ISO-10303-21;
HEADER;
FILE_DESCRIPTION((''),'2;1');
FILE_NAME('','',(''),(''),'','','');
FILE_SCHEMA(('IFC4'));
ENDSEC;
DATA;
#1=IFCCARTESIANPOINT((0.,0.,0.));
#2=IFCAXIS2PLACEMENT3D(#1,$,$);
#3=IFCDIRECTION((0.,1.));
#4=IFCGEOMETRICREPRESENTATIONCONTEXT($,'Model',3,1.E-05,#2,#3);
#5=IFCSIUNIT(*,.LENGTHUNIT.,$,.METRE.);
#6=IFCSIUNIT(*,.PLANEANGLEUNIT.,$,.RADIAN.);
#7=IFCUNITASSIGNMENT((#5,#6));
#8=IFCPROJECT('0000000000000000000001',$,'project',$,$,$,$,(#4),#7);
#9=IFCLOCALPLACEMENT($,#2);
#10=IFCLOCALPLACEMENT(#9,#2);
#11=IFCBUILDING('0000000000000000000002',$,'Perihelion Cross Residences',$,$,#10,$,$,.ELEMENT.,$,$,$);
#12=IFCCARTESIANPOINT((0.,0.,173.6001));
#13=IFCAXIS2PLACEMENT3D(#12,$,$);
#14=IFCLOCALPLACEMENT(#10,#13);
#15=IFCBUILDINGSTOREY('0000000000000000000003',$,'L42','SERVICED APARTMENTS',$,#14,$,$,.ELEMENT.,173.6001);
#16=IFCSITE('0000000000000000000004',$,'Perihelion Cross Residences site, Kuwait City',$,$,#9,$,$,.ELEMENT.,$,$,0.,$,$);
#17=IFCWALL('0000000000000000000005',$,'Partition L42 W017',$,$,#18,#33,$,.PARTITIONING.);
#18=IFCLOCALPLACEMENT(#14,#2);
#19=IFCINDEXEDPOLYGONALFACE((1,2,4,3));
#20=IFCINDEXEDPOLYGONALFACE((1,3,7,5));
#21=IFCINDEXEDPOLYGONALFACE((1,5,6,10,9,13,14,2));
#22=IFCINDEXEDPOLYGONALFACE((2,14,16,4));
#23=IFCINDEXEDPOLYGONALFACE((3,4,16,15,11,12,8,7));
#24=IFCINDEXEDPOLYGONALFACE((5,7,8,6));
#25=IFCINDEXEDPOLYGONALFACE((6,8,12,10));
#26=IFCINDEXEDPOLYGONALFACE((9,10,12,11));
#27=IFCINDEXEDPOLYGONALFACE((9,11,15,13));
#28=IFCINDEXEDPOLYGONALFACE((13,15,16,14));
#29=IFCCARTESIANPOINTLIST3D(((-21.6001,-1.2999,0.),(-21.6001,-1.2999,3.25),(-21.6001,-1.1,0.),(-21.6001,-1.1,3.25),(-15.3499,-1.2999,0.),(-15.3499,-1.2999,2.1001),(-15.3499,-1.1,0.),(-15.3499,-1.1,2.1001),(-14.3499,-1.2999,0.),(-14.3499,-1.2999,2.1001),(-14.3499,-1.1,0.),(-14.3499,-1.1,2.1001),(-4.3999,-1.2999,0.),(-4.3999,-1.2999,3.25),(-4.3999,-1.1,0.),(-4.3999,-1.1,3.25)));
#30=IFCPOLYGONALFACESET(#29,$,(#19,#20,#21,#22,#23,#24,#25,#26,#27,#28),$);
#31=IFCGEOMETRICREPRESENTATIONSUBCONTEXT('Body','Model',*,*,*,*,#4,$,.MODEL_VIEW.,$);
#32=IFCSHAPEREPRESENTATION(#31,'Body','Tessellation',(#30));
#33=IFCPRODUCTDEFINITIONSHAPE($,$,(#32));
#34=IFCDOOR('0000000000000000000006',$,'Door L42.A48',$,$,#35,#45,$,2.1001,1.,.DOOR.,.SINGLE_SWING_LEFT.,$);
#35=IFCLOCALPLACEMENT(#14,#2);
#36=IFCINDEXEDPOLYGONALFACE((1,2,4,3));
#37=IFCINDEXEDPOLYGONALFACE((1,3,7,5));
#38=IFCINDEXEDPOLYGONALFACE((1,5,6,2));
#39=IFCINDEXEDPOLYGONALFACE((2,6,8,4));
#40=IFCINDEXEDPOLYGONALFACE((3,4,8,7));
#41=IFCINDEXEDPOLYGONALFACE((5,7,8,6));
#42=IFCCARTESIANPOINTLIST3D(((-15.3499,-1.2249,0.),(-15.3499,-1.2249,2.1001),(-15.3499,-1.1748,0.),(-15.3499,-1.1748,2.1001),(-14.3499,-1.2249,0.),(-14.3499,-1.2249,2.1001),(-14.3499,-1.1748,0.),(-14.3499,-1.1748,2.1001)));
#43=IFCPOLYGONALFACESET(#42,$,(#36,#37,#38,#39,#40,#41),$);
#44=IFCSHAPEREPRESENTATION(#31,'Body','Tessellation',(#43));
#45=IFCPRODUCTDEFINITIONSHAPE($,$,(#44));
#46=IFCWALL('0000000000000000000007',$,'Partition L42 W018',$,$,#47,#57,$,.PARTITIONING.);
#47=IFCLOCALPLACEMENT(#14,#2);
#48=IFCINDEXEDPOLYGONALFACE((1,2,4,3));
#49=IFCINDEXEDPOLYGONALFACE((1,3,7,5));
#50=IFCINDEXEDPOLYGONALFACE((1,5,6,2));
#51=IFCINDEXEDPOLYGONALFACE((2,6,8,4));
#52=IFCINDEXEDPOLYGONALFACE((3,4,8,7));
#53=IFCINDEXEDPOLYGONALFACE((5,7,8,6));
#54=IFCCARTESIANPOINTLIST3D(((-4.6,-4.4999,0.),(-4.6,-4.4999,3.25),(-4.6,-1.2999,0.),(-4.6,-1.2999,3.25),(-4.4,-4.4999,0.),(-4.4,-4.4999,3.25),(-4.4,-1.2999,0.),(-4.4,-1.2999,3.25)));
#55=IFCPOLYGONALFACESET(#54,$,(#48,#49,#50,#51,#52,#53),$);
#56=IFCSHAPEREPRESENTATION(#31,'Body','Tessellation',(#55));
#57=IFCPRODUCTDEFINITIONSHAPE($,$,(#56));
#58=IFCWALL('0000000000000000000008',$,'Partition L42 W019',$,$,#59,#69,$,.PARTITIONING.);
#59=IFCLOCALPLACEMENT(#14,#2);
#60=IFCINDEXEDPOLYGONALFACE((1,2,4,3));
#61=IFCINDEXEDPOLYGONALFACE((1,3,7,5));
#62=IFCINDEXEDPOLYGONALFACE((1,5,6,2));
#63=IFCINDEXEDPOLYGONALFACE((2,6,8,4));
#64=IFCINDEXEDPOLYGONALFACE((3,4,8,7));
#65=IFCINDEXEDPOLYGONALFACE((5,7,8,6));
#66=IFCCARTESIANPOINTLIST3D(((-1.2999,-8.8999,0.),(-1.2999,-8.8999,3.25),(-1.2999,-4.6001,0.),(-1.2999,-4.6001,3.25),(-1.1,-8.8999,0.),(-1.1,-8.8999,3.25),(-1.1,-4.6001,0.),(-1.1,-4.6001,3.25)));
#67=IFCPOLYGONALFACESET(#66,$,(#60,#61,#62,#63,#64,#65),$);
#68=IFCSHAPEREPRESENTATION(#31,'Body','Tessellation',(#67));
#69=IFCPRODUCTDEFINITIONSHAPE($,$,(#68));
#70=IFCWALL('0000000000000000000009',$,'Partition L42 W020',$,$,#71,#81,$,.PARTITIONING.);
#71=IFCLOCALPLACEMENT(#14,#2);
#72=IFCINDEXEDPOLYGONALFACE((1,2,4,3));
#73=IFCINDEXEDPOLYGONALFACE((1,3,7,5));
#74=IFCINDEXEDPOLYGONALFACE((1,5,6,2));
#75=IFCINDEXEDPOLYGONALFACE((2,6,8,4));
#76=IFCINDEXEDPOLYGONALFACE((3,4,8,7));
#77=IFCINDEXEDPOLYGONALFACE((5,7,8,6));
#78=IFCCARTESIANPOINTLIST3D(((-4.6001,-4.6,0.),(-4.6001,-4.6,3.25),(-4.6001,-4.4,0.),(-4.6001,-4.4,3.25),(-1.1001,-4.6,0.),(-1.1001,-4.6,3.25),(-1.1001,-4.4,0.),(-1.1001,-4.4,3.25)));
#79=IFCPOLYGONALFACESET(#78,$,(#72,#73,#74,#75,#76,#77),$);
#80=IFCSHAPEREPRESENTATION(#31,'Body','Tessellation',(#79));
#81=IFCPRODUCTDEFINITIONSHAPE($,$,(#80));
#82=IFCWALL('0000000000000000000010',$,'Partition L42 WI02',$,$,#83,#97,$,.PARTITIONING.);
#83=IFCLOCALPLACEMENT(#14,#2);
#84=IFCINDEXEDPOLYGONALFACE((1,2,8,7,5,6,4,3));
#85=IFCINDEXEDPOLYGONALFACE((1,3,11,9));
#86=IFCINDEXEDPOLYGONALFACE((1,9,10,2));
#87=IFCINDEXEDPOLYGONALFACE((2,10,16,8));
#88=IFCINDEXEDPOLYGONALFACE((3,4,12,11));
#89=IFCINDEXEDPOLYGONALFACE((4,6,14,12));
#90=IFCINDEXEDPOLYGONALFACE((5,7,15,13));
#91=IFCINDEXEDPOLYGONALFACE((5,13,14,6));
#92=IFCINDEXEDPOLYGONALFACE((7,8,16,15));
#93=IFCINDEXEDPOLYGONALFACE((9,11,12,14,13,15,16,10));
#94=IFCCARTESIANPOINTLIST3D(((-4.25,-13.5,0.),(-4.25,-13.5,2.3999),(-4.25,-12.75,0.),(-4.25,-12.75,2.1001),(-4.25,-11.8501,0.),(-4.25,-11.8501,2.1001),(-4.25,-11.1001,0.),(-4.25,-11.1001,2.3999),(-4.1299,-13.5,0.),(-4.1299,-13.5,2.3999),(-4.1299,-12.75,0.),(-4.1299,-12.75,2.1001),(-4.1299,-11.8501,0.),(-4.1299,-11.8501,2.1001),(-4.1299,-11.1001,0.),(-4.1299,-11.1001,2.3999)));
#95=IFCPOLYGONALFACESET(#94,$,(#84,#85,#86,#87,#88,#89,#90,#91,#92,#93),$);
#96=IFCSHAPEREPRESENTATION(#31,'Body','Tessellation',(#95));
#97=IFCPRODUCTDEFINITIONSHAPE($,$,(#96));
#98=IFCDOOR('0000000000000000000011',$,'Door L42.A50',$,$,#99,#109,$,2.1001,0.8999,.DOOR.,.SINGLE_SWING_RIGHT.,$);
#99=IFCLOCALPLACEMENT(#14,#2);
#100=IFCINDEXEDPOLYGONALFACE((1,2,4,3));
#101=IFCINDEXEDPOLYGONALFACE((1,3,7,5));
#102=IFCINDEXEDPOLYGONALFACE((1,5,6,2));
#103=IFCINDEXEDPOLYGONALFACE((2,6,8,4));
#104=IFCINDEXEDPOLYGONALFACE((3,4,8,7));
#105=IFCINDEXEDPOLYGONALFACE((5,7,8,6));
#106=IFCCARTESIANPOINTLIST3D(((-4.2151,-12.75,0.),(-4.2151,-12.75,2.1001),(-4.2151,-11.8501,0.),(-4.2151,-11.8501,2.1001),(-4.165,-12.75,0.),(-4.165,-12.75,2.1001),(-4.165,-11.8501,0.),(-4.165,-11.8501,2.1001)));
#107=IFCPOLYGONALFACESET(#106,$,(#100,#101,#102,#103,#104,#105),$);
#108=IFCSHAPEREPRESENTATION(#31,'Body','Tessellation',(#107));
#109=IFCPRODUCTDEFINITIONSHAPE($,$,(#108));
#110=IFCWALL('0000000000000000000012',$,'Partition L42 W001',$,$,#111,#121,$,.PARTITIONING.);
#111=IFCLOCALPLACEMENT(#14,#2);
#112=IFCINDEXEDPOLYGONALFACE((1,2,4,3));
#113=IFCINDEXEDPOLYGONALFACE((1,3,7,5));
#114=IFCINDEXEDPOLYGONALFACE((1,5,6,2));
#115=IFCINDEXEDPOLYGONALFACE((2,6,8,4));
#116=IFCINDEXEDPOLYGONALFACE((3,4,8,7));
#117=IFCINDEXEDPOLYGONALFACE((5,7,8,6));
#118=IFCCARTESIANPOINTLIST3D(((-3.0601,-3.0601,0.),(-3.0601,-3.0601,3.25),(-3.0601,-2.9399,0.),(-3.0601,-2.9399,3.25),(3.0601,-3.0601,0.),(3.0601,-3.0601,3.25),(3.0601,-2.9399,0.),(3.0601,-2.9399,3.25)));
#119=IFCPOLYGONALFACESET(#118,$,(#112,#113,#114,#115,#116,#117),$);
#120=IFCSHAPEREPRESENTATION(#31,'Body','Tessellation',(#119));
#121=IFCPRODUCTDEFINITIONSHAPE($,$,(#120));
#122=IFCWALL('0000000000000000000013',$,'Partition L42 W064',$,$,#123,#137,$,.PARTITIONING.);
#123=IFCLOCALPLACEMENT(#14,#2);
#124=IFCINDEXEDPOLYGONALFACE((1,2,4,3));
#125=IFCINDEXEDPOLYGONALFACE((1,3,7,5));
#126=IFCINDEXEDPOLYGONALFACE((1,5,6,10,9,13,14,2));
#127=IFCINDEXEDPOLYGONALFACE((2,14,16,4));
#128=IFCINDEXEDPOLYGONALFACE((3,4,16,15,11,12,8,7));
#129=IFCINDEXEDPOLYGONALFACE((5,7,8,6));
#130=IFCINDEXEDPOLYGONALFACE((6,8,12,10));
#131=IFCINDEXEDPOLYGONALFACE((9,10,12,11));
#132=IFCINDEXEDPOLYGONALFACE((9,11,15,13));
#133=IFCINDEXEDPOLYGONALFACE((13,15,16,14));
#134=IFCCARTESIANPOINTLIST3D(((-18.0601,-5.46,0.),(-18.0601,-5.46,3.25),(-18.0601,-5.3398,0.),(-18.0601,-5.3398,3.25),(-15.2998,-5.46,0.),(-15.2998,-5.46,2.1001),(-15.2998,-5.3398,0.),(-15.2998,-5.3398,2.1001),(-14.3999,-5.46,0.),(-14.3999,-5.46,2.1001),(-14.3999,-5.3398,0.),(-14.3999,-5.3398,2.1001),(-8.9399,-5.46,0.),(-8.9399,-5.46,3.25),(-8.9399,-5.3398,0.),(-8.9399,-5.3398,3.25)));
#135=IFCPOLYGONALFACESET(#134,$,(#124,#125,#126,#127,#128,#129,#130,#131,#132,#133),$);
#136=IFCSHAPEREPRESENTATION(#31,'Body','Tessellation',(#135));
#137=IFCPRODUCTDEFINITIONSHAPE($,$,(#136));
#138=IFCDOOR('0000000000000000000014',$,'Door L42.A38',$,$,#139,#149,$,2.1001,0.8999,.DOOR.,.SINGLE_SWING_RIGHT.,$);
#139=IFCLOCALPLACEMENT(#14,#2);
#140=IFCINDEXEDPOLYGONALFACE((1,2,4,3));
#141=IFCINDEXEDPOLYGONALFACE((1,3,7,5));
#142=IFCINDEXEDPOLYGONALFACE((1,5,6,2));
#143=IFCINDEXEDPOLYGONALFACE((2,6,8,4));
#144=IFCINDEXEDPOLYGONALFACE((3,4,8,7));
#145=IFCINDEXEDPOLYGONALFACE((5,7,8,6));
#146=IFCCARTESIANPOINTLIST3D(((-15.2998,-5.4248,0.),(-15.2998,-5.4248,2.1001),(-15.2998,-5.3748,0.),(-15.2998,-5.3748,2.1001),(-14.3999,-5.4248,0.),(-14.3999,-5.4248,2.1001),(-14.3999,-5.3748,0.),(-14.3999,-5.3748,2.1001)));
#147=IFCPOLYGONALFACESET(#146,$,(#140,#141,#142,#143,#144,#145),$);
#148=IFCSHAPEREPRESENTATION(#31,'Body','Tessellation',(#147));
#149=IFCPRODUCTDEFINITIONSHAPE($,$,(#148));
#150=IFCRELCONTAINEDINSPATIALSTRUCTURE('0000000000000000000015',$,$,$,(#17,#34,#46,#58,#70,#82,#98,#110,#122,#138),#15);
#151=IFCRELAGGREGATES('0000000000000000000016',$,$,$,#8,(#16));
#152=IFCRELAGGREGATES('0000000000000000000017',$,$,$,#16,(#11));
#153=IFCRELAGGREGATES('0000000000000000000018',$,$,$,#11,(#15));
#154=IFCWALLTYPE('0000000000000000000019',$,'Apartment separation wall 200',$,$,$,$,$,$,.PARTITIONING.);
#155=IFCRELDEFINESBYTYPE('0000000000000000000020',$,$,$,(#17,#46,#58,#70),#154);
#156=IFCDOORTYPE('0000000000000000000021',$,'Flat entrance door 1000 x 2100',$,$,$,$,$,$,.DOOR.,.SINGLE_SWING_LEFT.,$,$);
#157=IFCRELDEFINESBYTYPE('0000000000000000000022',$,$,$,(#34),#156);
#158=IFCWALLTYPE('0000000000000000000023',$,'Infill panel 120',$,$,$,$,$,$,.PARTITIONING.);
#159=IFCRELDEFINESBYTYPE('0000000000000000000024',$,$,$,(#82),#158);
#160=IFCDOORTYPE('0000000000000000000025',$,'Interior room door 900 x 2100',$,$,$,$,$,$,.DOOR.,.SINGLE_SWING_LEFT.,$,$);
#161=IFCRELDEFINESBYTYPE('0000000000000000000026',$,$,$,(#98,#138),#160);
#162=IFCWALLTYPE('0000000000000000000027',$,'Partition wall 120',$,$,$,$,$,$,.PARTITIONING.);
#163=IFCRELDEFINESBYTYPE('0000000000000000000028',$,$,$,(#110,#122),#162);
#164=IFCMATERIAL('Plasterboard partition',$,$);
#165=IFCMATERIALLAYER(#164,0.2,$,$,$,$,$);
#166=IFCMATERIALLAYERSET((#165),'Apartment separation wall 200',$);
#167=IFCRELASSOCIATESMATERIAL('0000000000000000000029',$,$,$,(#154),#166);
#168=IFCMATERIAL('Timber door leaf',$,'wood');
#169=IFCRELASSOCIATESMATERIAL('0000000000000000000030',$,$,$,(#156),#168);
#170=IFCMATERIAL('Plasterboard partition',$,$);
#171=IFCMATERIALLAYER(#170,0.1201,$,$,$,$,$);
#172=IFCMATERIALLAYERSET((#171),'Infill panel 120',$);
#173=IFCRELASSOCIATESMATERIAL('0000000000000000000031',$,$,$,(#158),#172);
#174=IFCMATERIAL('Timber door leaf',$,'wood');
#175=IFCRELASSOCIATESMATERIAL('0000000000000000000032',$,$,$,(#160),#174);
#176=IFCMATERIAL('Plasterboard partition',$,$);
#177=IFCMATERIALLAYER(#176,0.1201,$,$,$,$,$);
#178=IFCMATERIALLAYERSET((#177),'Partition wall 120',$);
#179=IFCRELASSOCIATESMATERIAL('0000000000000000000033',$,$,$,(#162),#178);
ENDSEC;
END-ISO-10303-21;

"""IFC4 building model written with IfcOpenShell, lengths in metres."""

from ifc_helpers import new_model, si_unit, direction, frame, frame_2d, origin, place, context, subcontext, project, spatial, rectangle, extrude, material, layer, layer_set, type_object, element, fill, save


model = new_model("IFC4")

# Units and contexts
model_context = context("Model", 3, precision=1e-05, world=origin(), true_north=direction((0.0, 1.0)))
body_context = subcontext(model_context, "Body", "Model", "MODEL_VIEW")
ifc_project = project(units=[si_unit("LENGTHUNIT", "METRE"), si_unit("PLANEANGLEUNIT", "RADIAN")], contexts=[model_context])

# Site, building, storey
site_placement = place(None, origin())
site = spatial("IfcSite", under=ifc_project, at=site_placement, Name="Perihelion Cross Residences site, Kuwait City", CompositionType="ELEMENT", RefElevation=0.0)
building_placement = place(site_placement, origin())
building = spatial("IfcBuilding", under=site, at=building_placement, Name="Perihelion Cross Residences", CompositionType="ELEMENT")
storey_placement = place(building_placement, frame((0.0, 0.0, 173.6001)))
storey = spatial("IfcBuildingStorey", under=building, at=storey_placement, Name="L42", Description="SERVICED APARTMENTS", CompositionType="ELEMENT", Elevation=173.6001)

# Wall, opening, door
ifc_material_1 = material(Name="Plasterboard partition")
ifc_layer_1 = layer(ifc_material_1, 0.2)
ifc_layer_set_1 = layer_set([ifc_layer_1], Name="Apartment separation wall 200")
wall_type_1 = type_object("IfcWallType", Name="Apartment separation wall 200", PredefinedType="PARTITIONING", material=ifc_layer_set_1)
wall_1_placement = place(storey_placement, frame((-4.3999, -1.2, 0.0), z_axis=(0.0, 0.0, 1.0), x_axis=(-1.0, 0.0, 0.0)))
wall_1 = element("IfcWall", 1, at=wall_1_placement, inside=storey, type_object=wall_type_1, Name="Partition L42 W017", PredefinedType="PARTITIONING", context=body_context, shape_type="SweptSolid", body=[
    extrude(rectangle(XDim=17.2002, YDim=0.2, at=frame_2d((8.6001, 0.0))), origin(), (0.0, 0.0, 1.0), 3.25),
])
opening_1_placement = place(wall_1_placement, frame((9.95, 0.0, 0.0)))
opening_1 = element("IfcOpeningElement", 2, at=opening_1_placement, cuts=wall_1, PredefinedType="OPENING", context=body_context, shape_type="SweptSolid", body=[
    extrude(rectangle(XDim=1.0, YDim=2.1001, at=frame_2d((0.5, 1.05))), frame((0.0, 0.1099, 0.0), z_axis=(0.0, -1.0, 0.0), x_axis=(1.0, 0.0, 0.0)), (0.0, 0.0, 1.0), 0.22),
])
ifc_material_2 = material(Name="Timber door leaf", Category="wood")
door_type_1 = type_object("IfcDoorType", Name="Flat entrance door 1000 x 2100", OperationType="SINGLE_SWING_LEFT", PredefinedType="DOOR", material=ifc_material_2)
door_1_placement = place(opening_1_placement, origin())
door_1 = element("IfcDoor", 3, at=door_1_placement, inside=storey, type_object=door_type_1, Name="Door L42.A48", OperationType="SINGLE_SWING_LEFT", OverallHeight=2.1001, OverallWidth=1.0, PredefinedType="DOOR", context=body_context, shape_type="SweptSolid", body=[
    extrude(rectangle(XDim=1.0, YDim=2.1001, at=frame_2d((0.5, 1.05))), frame((0.0, 0.0249, 0.0), z_axis=(0.0, -1.0, 0.0), x_axis=(1.0, 0.0, 0.0)), (0.0, 0.0, 1.0), 0.05),
])
fill(opening_1, door_1)

# Walls
wall_2_placement = place(storey_placement, frame((-4.5, -4.5, 0.0), z_axis=(0.0, 0.0, 1.0), x_axis=(0.0, 1.0, 0.0)))
element("IfcWall", 4, at=wall_2_placement, inside=storey, type_object=wall_type_1, Name="Partition L42 W018", PredefinedType="PARTITIONING", context=body_context, shape_type="SweptSolid", body=[
    extrude(rectangle(XDim=3.2, YDim=0.2, at=frame_2d((1.6001, 0.0))), origin(), (0.0, 0.0, 1.0), 3.25),
])
wall_3_placement = place(storey_placement, frame((-1.2, -8.8999, 0.0), z_axis=(0.0, 0.0, 1.0), x_axis=(0.0, 1.0, 0.0)))
element("IfcWall", 5, at=wall_3_placement, inside=storey, type_object=wall_type_1, Name="Partition L42 W019", PredefinedType="PARTITIONING", context=body_context, shape_type="SweptSolid", body=[
    extrude(rectangle(XDim=4.2998, YDim=0.2, at=frame_2d((2.1499, 0.0))), origin(), (0.0, 0.0, 1.0), 3.25),
])
wall_4_placement = place(storey_placement, frame((-1.1001, -4.5, 0.0), z_axis=(0.0, 0.0, 1.0), x_axis=(-1.0, 0.0, 0.0)))
element("IfcWall", 6, at=wall_4_placement, inside=storey, type_object=wall_type_1, Name="Partition L42 W020", PredefinedType="PARTITIONING", context=body_context, shape_type="SweptSolid", body=[
    extrude(rectangle(XDim=3.5, YDim=0.2, at=frame_2d((1.75, 0.0))), origin(), (0.0, 0.0, 1.0), 3.25),
])

# Wall, opening, door
ifc_material_3 = material(Name="Plasterboard partition")
ifc_layer_2 = layer(ifc_material_3, 0.1201)
ifc_layer_set_2 = layer_set([ifc_layer_2], Name="Infill panel 120")
wall_type_2 = type_object("IfcWallType", Name="Infill panel 120", PredefinedType="PARTITIONING", material=ifc_layer_set_2)
wall_5_placement = place(storey_placement, frame((-4.1899, -11.1001, 0.0), z_axis=(0.0, 0.0, 1.0), x_axis=(0.0, -1.0, 0.0)))
wall_5 = element("IfcWall", 7, at=wall_5_placement, inside=storey, type_object=wall_type_2, Name="Partition L42 WI02", PredefinedType="PARTITIONING", context=body_context, shape_type="SweptSolid", body=[
    extrude(rectangle(XDim=2.3999, YDim=0.1201, at=frame_2d((1.2, 0.0))), origin(), (0.0, 0.0, 1.0), 2.3999),
])
opening_2_placement = place(wall_5_placement, frame((0.75, 0.0, 0.0)))
opening_2 = element("IfcOpeningElement", 8, at=opening_2_placement, cuts=wall_5, PredefinedType="OPENING", context=body_context, shape_type="SweptSolid", body=[
    extrude(rectangle(XDim=0.8999, YDim=2.1001, at=frame_2d((0.45, 1.05))), frame((0.0, 0.0701, 0.0), z_axis=(0.0, -1.0, 0.0), x_axis=(1.0, 0.0, 0.0)), (0.0, 0.0, 1.0), 0.1401),
])
ifc_material_4 = material(Name="Timber door leaf", Category="wood")
door_type_2 = type_object("IfcDoorType", Name="Interior room door 900 x 2100", OperationType="SINGLE_SWING_LEFT", PredefinedType="DOOR", material=ifc_material_4)
door_2_placement = place(opening_2_placement, origin())
door_2 = element("IfcDoor", 9, at=door_2_placement, inside=storey, type_object=door_type_2, Name="Door L42.A50", OperationType="SINGLE_SWING_RIGHT", OverallHeight=2.1001, OverallWidth=0.8999, PredefinedType="DOOR", context=body_context, shape_type="SweptSolid", body=[
    extrude(rectangle(XDim=0.8999, YDim=2.1001, at=frame_2d((0.45, 1.05))), frame((0.0, 0.0249, 0.0), z_axis=(0.0, -1.0, 0.0), x_axis=(1.0, 0.0, 0.0)), (0.0, 0.0, 1.0), 0.05),
])
fill(opening_2, door_2)

# Wall
ifc_material_5 = material(Name="Plasterboard partition")
ifc_layer_3 = layer(ifc_material_5, 0.1201)
ifc_layer_set_3 = layer_set([ifc_layer_3], Name="Partition wall 120")
wall_type_3 = type_object("IfcWallType", Name="Partition wall 120", PredefinedType="PARTITIONING", material=ifc_layer_set_3)
wall_6_placement = place(storey_placement, frame((-3.0601, -3.0, 0.0), z_axis=(0.0, 0.0, 1.0), x_axis=(1.0, 0.0, 0.0)))
element("IfcWall", 10, at=wall_6_placement, inside=storey, type_object=wall_type_3, Name="Partition L42 W001", PredefinedType="PARTITIONING", context=body_context, shape_type="SweptSolid", body=[
    extrude(rectangle(XDim=6.1201, YDim=0.1201, at=frame_2d((3.0601, 0.0))), origin(), (0.0, 0.0, 1.0), 3.25),
])

# Wall, opening, door
wall_7_placement = place(storey_placement, frame((-8.9399, -5.3999, 0.0), z_axis=(0.0, 0.0, 1.0), x_axis=(-1.0, 0.0, 0.0)))
wall_7 = element("IfcWall", 11, at=wall_7_placement, inside=storey, type_object=wall_type_3, Name="Partition L42 W064", PredefinedType="PARTITIONING", context=body_context, shape_type="SweptSolid", body=[
    extrude(rectangle(XDim=9.1201, YDim=0.1201, at=frame_2d((4.5601, 0.0))), origin(), (0.0, 0.0, 1.0), 3.25),
])
opening_3_placement = place(wall_7_placement, frame((5.46, 0.0, 0.0)))
opening_3 = element("IfcOpeningElement", 12, at=opening_3_placement, cuts=wall_7, PredefinedType="OPENING", context=body_context, shape_type="SweptSolid", body=[
    extrude(rectangle(XDim=0.8999, YDim=2.1001, at=frame_2d((0.45, 1.05))), frame((0.0, 0.0701, 0.0), z_axis=(0.0, -1.0, 0.0), x_axis=(1.0, 0.0, 0.0)), (0.0, 0.0, 1.0), 0.1401),
])
door_3_placement = place(opening_3_placement, origin())
door_3 = element("IfcDoor", 13, at=door_3_placement, inside=storey, type_object=door_type_2, Name="Door L42.A38", OperationType="SINGLE_SWING_RIGHT", OverallHeight=2.1001, OverallWidth=0.8999, PredefinedType="DOOR", context=body_context, shape_type="SweptSolid", body=[
    extrude(rectangle(XDim=0.8999, YDim=2.1001, at=frame_2d((0.45, 1.05))), frame((0.0, 0.0249, 0.0), z_axis=(0.0, -1.0, 0.0), x_axis=(1.0, 0.0, 0.0)), (0.0, 0.0, 1.0), 0.05),
])
fill(opening_3, door_3)

save(model, "model.ifc")
